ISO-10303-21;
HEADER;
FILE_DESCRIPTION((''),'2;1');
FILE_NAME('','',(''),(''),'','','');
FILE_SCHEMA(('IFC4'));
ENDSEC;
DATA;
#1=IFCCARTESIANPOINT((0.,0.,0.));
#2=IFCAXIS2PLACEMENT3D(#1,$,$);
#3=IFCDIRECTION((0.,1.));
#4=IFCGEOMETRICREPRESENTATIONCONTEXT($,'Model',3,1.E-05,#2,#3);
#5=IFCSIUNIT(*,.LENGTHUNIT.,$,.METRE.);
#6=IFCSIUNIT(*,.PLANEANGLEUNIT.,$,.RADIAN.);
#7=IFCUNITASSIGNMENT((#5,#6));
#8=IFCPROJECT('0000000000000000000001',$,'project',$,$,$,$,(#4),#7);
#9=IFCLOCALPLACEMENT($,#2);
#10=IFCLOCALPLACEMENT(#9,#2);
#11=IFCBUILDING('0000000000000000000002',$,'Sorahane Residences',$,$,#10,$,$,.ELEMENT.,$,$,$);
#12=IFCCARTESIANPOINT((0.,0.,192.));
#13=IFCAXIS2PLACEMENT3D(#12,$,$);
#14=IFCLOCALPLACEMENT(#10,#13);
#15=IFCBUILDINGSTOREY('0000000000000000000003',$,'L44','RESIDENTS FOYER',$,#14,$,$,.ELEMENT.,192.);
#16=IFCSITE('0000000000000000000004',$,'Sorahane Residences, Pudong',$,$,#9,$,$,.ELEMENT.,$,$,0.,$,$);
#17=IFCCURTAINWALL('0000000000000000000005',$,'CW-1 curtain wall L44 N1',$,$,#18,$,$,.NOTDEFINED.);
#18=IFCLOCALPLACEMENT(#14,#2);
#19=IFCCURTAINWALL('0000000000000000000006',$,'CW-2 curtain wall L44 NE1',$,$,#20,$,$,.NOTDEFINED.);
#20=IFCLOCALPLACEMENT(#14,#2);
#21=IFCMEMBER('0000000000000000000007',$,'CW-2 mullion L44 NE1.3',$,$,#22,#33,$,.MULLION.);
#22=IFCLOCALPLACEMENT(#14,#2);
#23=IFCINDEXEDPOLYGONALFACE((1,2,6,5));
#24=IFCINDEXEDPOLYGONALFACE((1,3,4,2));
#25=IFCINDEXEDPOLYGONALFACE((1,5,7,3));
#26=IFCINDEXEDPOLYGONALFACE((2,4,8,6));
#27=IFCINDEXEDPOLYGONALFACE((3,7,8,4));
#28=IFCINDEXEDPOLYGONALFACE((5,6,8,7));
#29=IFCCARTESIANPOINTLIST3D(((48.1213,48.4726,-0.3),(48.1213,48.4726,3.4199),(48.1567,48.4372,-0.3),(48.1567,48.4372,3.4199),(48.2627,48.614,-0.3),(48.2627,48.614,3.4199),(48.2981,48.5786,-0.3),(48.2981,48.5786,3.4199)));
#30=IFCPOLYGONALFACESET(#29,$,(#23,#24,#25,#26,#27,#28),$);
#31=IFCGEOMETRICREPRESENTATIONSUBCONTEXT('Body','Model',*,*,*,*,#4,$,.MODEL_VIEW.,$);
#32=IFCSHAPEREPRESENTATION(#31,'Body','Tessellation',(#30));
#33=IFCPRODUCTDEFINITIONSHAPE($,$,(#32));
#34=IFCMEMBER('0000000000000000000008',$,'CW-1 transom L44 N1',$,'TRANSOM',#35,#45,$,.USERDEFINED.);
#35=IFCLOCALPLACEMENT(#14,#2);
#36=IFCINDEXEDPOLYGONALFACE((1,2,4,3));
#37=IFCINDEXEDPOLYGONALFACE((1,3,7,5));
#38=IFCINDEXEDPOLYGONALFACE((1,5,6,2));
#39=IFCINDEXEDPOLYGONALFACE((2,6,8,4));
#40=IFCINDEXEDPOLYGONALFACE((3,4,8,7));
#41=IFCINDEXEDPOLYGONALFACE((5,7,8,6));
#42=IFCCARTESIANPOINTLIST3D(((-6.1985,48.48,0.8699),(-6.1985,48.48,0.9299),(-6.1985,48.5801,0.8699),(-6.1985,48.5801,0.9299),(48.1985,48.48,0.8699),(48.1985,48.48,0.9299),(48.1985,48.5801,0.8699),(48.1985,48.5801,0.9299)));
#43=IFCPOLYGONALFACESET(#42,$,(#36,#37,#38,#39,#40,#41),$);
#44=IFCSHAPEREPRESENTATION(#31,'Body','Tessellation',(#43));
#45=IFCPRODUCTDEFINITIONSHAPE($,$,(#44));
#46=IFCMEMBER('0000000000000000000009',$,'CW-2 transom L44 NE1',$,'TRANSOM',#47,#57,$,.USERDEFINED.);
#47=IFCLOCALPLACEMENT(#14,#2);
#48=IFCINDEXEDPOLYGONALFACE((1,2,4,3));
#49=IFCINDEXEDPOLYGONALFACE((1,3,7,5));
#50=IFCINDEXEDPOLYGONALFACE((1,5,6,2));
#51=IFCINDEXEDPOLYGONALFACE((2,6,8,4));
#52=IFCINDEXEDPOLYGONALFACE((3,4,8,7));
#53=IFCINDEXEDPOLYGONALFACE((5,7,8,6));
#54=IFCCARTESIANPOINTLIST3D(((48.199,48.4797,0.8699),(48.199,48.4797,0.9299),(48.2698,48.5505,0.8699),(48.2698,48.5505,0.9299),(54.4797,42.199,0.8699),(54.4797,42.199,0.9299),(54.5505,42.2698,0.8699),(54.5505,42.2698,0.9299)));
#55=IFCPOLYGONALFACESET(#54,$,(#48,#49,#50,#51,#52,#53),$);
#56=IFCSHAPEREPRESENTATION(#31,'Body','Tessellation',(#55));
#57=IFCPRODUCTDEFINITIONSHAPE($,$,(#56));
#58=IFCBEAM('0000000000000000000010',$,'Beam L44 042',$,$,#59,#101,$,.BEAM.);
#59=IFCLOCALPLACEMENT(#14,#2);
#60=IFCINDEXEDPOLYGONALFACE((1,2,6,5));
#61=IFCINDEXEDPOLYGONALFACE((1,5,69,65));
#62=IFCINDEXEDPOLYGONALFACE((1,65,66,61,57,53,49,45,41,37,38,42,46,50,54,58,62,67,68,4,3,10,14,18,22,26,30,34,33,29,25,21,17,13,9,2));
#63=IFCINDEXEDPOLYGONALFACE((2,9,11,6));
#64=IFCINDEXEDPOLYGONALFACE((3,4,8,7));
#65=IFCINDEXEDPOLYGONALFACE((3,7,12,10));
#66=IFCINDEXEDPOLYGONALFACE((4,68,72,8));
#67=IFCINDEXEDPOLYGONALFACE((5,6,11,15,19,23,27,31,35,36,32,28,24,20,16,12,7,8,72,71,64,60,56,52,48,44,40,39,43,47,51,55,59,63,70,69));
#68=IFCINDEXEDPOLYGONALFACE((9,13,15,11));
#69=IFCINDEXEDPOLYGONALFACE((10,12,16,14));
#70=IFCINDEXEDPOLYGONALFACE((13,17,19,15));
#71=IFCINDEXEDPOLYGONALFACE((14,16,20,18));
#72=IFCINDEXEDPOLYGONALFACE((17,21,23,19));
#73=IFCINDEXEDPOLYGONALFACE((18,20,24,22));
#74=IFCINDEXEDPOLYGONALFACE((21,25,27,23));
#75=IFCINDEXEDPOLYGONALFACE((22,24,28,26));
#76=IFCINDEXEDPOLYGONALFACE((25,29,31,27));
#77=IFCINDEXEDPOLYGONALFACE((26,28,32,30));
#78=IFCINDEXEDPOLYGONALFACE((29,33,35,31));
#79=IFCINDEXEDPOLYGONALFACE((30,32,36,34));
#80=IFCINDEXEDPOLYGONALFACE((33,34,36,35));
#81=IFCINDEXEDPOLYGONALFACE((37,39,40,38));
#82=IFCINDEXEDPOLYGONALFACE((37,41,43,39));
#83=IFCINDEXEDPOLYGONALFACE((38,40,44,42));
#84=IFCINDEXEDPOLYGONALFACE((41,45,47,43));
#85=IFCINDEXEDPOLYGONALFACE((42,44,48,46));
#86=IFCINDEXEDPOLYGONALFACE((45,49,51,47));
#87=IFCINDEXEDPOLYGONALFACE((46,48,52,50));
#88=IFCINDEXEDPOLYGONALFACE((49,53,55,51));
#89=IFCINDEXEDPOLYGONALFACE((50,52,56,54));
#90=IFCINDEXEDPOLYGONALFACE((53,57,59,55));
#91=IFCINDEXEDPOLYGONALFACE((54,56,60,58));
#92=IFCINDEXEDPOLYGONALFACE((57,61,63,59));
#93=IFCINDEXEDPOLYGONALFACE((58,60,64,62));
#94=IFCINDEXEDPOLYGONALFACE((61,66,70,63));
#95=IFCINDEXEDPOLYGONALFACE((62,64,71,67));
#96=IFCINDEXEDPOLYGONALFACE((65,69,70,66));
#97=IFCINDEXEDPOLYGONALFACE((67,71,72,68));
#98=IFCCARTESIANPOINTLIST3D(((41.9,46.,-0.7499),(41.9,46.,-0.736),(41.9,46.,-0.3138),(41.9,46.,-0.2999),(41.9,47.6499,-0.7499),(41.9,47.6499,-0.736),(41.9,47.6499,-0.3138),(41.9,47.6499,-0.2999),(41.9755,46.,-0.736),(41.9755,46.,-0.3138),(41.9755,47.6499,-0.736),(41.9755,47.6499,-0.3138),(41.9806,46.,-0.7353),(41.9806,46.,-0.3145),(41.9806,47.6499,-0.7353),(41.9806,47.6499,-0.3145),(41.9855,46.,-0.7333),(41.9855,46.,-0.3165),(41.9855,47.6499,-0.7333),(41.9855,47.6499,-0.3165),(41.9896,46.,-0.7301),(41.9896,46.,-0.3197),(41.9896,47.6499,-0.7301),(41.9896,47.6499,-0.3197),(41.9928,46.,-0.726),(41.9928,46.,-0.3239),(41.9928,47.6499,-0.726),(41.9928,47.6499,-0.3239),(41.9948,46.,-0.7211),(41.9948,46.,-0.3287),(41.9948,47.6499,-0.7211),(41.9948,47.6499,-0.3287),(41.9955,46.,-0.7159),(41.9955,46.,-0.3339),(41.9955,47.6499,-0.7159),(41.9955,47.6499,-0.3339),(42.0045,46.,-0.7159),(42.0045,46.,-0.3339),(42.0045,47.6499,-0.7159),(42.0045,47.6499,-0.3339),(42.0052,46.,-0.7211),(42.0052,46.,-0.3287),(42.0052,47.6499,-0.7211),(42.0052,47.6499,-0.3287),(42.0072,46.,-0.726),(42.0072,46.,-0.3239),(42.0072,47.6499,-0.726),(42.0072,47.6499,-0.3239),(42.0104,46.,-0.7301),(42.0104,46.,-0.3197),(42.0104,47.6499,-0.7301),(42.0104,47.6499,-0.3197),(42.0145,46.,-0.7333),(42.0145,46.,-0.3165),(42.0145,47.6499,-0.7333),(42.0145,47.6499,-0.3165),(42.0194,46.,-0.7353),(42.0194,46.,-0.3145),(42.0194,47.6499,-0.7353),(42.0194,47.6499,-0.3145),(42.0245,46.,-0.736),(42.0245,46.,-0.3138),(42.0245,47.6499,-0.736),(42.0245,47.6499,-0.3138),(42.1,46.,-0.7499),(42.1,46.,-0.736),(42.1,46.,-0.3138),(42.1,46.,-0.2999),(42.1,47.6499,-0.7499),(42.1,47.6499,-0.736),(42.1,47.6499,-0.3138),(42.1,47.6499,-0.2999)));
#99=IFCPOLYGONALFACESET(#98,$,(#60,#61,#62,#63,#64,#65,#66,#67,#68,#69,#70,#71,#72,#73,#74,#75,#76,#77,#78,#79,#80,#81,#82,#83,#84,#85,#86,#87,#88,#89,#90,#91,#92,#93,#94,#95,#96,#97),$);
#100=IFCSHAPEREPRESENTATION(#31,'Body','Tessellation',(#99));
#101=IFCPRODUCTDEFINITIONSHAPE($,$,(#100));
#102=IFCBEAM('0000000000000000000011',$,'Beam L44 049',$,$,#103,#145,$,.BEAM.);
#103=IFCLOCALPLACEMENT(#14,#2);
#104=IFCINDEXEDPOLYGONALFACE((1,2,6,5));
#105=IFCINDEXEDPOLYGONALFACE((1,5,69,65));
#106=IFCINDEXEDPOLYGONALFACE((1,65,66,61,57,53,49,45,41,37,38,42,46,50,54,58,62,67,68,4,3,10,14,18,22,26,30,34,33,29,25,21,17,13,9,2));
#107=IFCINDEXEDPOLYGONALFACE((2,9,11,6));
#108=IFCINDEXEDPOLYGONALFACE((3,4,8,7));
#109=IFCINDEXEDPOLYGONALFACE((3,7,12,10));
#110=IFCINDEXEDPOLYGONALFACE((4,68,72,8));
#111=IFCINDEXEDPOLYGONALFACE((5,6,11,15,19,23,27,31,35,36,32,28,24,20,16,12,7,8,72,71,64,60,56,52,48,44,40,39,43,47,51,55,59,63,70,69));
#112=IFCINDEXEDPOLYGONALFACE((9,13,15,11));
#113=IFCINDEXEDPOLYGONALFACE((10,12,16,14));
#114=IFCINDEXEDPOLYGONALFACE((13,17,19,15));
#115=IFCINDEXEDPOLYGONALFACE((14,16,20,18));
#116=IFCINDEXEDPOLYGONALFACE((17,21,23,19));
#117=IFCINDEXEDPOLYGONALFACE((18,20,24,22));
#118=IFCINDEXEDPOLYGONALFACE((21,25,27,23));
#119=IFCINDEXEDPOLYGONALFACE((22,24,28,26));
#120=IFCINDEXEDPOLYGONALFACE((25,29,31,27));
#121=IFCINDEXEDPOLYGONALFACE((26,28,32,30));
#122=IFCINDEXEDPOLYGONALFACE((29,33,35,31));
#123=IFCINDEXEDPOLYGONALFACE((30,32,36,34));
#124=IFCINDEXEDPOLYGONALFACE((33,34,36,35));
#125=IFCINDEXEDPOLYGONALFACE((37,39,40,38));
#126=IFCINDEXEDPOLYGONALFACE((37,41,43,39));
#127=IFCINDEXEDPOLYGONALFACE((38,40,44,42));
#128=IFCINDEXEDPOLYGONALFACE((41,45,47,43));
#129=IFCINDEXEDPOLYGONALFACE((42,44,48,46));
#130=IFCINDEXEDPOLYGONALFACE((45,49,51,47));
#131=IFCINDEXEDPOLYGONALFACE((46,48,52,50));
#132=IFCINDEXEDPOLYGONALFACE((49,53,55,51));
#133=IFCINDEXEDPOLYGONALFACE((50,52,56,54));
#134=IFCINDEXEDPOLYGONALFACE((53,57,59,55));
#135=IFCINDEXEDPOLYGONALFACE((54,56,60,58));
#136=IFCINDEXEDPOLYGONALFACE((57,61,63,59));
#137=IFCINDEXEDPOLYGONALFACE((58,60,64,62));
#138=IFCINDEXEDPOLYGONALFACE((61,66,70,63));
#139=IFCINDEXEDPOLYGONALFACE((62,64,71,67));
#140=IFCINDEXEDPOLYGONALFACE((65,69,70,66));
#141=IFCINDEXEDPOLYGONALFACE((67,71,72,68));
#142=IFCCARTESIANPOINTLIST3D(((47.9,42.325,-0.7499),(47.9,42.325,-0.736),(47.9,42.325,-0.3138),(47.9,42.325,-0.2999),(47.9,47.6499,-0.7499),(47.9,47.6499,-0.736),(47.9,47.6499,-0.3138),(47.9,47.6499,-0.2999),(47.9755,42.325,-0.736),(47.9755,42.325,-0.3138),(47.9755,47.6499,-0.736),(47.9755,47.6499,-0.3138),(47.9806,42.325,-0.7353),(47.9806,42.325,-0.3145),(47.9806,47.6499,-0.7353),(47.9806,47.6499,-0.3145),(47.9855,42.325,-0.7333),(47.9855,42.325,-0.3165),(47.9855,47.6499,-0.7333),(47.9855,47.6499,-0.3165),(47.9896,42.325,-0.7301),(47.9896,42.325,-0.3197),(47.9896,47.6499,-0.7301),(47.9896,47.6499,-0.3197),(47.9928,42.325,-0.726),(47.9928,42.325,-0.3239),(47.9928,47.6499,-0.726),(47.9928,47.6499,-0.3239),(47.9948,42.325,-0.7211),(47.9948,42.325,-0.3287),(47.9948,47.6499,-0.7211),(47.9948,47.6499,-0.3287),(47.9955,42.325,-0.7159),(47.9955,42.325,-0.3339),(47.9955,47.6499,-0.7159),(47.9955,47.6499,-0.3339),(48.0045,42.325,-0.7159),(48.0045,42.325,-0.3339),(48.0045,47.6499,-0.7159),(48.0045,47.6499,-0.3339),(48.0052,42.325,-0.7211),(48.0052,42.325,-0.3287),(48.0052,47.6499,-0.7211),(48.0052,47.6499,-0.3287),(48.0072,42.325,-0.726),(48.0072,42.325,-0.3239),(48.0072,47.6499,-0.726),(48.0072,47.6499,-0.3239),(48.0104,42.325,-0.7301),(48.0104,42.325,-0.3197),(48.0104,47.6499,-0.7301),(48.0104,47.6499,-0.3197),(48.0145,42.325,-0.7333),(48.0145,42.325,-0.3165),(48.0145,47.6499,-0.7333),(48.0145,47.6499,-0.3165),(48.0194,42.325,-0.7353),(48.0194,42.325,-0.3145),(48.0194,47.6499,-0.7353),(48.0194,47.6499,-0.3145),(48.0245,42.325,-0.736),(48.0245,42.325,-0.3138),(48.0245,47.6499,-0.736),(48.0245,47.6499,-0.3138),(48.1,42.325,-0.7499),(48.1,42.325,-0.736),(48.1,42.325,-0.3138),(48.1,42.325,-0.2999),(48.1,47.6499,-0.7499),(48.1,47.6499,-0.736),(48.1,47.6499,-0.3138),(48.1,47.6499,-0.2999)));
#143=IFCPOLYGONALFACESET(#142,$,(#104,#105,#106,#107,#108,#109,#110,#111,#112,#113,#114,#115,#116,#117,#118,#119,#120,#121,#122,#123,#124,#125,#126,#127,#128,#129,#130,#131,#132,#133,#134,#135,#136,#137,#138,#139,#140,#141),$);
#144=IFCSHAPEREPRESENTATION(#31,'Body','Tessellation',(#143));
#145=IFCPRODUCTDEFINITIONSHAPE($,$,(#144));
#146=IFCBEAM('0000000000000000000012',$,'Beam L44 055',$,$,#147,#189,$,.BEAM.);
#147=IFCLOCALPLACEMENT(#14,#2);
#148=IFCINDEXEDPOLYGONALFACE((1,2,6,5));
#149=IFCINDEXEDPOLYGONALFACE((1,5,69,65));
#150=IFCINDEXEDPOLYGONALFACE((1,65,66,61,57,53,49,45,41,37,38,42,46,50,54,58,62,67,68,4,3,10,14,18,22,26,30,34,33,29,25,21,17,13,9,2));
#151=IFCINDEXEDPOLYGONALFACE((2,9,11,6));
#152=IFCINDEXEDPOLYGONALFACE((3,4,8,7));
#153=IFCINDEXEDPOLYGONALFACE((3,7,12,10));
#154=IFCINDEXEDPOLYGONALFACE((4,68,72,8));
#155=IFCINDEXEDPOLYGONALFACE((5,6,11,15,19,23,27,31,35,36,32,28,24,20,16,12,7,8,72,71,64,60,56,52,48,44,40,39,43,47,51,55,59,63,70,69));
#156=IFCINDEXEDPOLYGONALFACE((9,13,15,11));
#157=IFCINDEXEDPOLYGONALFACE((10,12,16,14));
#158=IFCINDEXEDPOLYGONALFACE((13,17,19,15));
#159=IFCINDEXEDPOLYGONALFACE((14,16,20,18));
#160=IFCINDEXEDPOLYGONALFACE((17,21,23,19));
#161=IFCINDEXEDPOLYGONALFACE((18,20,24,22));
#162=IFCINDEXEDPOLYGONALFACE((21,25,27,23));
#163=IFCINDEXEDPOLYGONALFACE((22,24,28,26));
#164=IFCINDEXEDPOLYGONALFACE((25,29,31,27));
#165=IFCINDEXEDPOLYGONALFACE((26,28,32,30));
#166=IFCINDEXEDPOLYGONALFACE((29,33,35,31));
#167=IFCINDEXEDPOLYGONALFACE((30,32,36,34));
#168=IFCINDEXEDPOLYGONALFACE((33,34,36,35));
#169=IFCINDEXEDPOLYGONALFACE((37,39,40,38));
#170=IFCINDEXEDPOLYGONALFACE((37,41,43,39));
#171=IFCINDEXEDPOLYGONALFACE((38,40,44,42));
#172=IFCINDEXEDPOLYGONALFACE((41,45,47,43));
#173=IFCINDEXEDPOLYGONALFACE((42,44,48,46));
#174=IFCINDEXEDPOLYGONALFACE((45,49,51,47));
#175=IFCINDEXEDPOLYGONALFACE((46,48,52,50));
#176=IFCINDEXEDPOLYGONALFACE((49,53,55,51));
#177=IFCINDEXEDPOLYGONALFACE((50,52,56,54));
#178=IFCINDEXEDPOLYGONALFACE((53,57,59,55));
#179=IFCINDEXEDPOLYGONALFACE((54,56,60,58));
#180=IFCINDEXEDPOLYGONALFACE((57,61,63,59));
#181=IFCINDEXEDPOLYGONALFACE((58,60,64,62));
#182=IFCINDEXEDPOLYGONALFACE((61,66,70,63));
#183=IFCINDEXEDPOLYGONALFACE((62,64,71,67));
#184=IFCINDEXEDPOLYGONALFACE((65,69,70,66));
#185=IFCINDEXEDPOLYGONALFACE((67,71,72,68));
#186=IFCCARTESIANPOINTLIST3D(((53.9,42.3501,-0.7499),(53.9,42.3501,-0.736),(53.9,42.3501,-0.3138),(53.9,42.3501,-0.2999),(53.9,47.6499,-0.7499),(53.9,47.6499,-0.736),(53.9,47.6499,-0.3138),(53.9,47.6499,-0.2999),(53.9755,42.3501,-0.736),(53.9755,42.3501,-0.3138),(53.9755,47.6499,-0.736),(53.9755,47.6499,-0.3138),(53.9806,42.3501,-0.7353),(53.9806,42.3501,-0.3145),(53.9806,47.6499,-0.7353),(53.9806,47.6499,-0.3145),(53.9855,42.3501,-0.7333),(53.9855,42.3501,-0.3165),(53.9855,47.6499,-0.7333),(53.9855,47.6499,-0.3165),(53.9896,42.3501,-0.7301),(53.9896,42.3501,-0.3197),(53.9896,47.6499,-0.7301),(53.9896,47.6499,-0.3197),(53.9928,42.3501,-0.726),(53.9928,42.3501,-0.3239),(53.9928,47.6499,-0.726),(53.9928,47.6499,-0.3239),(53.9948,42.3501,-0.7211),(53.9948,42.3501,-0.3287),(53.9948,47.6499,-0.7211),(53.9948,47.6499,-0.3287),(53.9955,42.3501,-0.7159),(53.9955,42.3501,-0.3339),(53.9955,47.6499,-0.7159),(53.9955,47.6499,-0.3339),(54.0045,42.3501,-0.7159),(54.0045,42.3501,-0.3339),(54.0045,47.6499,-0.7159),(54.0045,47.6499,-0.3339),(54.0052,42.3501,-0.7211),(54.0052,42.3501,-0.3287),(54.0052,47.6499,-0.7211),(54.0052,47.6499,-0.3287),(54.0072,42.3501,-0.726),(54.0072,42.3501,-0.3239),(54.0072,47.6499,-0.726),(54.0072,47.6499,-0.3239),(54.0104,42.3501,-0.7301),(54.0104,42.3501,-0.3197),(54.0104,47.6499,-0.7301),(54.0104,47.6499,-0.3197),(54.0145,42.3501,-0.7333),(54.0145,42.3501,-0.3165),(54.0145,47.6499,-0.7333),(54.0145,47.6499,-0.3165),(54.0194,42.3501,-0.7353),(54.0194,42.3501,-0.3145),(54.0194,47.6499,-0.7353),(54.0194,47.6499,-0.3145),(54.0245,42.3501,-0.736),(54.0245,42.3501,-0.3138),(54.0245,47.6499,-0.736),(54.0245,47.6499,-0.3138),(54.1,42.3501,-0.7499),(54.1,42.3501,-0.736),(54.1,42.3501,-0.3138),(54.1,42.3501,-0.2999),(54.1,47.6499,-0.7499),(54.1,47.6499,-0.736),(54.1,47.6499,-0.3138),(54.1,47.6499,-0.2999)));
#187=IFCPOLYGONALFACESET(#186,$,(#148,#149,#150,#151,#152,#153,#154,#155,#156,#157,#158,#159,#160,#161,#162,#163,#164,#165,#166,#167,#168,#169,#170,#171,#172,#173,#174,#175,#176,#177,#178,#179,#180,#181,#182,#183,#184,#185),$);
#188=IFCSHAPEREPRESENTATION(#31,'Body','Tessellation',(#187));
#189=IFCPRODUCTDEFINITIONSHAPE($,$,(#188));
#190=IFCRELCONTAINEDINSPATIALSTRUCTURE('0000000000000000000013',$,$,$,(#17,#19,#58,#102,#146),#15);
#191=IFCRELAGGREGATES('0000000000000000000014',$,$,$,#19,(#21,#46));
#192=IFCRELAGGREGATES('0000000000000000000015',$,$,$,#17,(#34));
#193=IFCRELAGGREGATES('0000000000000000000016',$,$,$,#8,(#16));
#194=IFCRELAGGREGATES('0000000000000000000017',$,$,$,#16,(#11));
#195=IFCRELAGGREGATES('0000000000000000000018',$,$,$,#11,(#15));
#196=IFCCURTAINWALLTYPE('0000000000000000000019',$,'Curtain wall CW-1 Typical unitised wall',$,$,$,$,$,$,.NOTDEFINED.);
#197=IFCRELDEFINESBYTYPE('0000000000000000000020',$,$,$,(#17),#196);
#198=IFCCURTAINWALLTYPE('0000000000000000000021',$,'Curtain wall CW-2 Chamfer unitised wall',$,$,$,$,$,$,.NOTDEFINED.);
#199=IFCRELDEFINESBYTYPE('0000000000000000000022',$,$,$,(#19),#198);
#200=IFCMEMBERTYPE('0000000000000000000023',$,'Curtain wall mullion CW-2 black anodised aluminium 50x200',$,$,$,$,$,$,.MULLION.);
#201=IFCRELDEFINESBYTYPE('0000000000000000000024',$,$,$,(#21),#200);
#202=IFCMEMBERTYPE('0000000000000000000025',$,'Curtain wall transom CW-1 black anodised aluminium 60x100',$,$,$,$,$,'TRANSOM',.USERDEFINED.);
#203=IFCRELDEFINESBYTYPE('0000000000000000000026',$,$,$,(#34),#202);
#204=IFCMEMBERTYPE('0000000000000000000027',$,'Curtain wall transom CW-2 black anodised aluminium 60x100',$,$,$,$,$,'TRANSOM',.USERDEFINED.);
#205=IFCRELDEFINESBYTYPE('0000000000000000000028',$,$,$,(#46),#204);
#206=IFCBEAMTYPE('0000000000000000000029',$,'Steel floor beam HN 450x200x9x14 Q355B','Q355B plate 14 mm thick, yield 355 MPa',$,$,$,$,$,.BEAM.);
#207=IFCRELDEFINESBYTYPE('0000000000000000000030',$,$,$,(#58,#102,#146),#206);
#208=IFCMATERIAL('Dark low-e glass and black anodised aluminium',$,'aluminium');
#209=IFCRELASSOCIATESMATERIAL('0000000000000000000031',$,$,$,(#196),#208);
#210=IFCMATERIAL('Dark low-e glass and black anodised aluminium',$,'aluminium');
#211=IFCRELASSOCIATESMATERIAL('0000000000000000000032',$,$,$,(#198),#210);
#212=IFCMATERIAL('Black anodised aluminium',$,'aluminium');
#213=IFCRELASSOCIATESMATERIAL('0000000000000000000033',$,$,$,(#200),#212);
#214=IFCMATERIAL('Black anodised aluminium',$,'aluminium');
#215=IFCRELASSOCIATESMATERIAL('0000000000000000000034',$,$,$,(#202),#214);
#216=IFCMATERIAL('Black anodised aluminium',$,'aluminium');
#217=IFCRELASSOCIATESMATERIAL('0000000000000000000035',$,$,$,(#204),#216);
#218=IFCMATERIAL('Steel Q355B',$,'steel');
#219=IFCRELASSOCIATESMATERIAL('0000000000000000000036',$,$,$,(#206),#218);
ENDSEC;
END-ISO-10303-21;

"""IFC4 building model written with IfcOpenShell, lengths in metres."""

from ifc_helpers import new_model, si_unit, direction, frame, origin, origin_2d, place, context, subcontext, project, spatial, rectangle, i_section, extrude, material, material_profile, profile_set, type_object, element, aggregate, save


model = new_model("IFC4")

# Units and contexts
model_context = context("Model", 3, precision=1e-05, world=origin(), true_north=direction((0.0, 1.0)))
body_context = subcontext(model_context, "Body", "Model", "MODEL_VIEW")
ifc_project = project(units=[si_unit("LENGTHUNIT", "METRE"), si_unit("PLANEANGLEUNIT", "RADIAN")], contexts=[model_context])

# Site, building, storey
site_placement = place(None, origin())
site = spatial("IfcSite", under=ifc_project, at=site_placement, Name="Sorahane Residences, Pudong", CompositionType="ELEMENT", RefElevation=0.0)
building_placement = place(site_placement, origin())
building = spatial("IfcBuilding", under=site, at=building_placement, Name="Sorahane Residences", CompositionType="ELEMENT")
storey_placement = place(building_placement, frame((0.0, 0.0, 192.0)))
storey = spatial("IfcBuildingStorey", under=building, at=storey_placement, Name="L44", Description="RESIDENTS FOYER", CompositionType="ELEMENT", Elevation=192.0)

# Curtain wall
ifc_material_1 = material(Name="Dark low-e glass and black anodised aluminium", Category="aluminium")
curtain_wall_type_1 = type_object("IfcCurtainWallType", Name="Curtain wall CW-1 Typical unitised wall", PredefinedType="NOTDEFINED", material=ifc_material_1)
curtain_wall_1_placement = place(storey_placement, origin())
curtain_wall_1 = element("IfcCurtainWall", 1, at=curtain_wall_1_placement, inside=storey, type_object=curtain_wall_type_1, Name="CW-1 curtain wall L44 N1", PredefinedType="NOTDEFINED")

# Curtain wall, member
ifc_material_2 = material(Name="Dark low-e glass and black anodised aluminium", Category="aluminium")
curtain_wall_type_2 = type_object("IfcCurtainWallType", Name="Curtain wall CW-2 Chamfer unitised wall", PredefinedType="NOTDEFINED", material=ifc_material_2)
curtain_wall_2_placement = place(storey_placement, origin())
curtain_wall_2 = element("IfcCurtainWall", 2, at=curtain_wall_2_placement, inside=storey, type_object=curtain_wall_type_2, Name="CW-2 curtain wall L44 NE1", PredefinedType="NOTDEFINED")
ifc_material_3 = material(Name="Black anodised aluminium", Category="aluminium")
ifc_material_profile_1 = material_profile(ifc_material_3, rectangle(XDim=0.2, YDim=0.05, at=origin_2d()), Name="Curtain wall mullion CW-2 black anodised aluminium 50x200")
ifc_profile_set_1 = profile_set([ifc_material_profile_1], Name="Black anodised aluminium")
member_type_1 = type_object("IfcMemberType", Name="Curtain wall mullion CW-2 black anodised aluminium 50x200", PredefinedType="MULLION", material=ifc_profile_set_1)
member_1_placement = place(storey_placement, frame((48.2097, 48.5256, -0.3), z_axis=(0.0, 0.0, 1.0), x_axis=(0.707107, 0.707107, 0.0)))
member_1 = element("IfcMember", 3, at=member_1_placement, type_object=member_type_1, Name="CW-2 mullion L44 NE1.3", PredefinedType="MULLION", context=body_context, shape_type="SweptSolid", body=[
    extrude(rectangle(XDim=0.2, YDim=0.05, at=origin_2d()), origin(), (0.0, 0.0, 1.0), 3.72),
])

# Members
ifc_material_4 = material(Name="Black anodised aluminium", Category="aluminium")
ifc_material_profile_2 = material_profile(ifc_material_4, rectangle(XDim=0.1001, YDim=0.0601, at=origin_2d()), Name="Curtain wall transom CW-1 black anodised aluminium 60x100")
ifc_profile_set_2 = profile_set([ifc_material_profile_2], Name="Black anodised aluminium")
member_type_2 = type_object("IfcMemberType", Name="Curtain wall transom CW-1 black anodised aluminium 60x100", ElementType="TRANSOM", PredefinedType="USERDEFINED", material=ifc_profile_set_2)
member_2_placement = place(storey_placement, frame((48.1985, 48.53, 0.8999), z_axis=(-1.0, 0.0, 0.0), x_axis=(0.0, -1.0, 0.0)))
member_2 = element("IfcMember", 4, at=member_2_placement, type_object=member_type_2, Name="CW-1 transom L44 N1", ObjectType="TRANSOM", PredefinedType="USERDEFINED", context=body_context, shape_type="SweptSolid", body=[
    extrude(rectangle(XDim=0.1001, YDim=0.0601, at=origin_2d()), origin(), (0.0, 0.0, 1.0), 54.397),
])
ifc_material_5 = material(Name="Black anodised aluminium", Category="aluminium")
ifc_material_profile_3 = material_profile(ifc_material_5, rectangle(XDim=0.1001, YDim=0.0601, at=origin_2d()), Name="Curtain wall transom CW-2 black anodised aluminium 60x100")
ifc_profile_set_3 = profile_set([ifc_material_profile_3], Name="Black anodised aluminium")
member_type_3 = type_object("IfcMemberType", Name="Curtain wall transom CW-2 black anodised aluminium 60x100", ElementType="TRANSOM", PredefinedType="USERDEFINED", material=ifc_profile_set_3)
member_3_placement = place(storey_placement, frame((54.5151, 42.2344, 0.8999), z_axis=(-0.707107, 0.707107, 0.0), x_axis=(-0.707107, -0.707107, 0.0)))
member_3 = element("IfcMember", 5, at=member_3_placement, type_object=member_type_3, Name="CW-2 transom L44 NE1", ObjectType="TRANSOM", PredefinedType="USERDEFINED", context=body_context, shape_type="SweptSolid", body=[
    extrude(rectangle(XDim=0.1001, YDim=0.0601, at=origin_2d()), origin(), (0.0, 0.0, 1.0), 8.8823),
])

# Beams
ifc_material_6 = material(Name="Steel Q355B", Category="steel")
ifc_material_profile_4 = material_profile(ifc_material_6, i_section(OverallWidth=0.2, OverallDepth=0.45, WebThickness=0.009, FlangeThickness=0.0139, FilletRadius=0.02, at=origin_2d()), Name="HN 450x200x9x14")
ifc_profile_set_4 = profile_set([ifc_material_profile_4], Name="Steel Q355B")
beam_type = type_object("IfcBeamType", Name="Steel floor beam HN 450x200x9x14 Q355B", Description="Q355B plate 14 mm thick, yield 355 MPa", PredefinedType="BEAM", material=ifc_profile_set_4)
beam_1_placement = place(storey_placement, frame((42.0, 46.0, -0.5249), z_axis=(0.0, 1.0, 0.0), x_axis=(-1.0, 0.0, 0.0)))
element("IfcBeam", 6, at=beam_1_placement, inside=storey, type_object=beam_type, Name="Beam L44 042", PredefinedType="BEAM", context=body_context, shape_type="SweptSolid", body=[
    extrude(i_section(OverallWidth=0.2, OverallDepth=0.45, WebThickness=0.009, FlangeThickness=0.0139, FilletRadius=0.02, at=origin_2d()), origin(), (0.0, 0.0, 1.0), 1.6499),
])
beam_2_placement = place(storey_placement, frame((48.0, 42.325, -0.5249), z_axis=(0.0, 1.0, 0.0), x_axis=(-1.0, 0.0, 0.0)))
element("IfcBeam", 7, at=beam_2_placement, inside=storey, type_object=beam_type, Name="Beam L44 049", PredefinedType="BEAM", context=body_context, shape_type="SweptSolid", body=[
    extrude(i_section(OverallWidth=0.2, OverallDepth=0.45, WebThickness=0.009, FlangeThickness=0.0139, FilletRadius=0.02, at=origin_2d()), origin(), (0.0, 0.0, 1.0), 5.325),
])
beam_3_placement = place(storey_placement, frame((54.0, 42.3501, -0.5249), z_axis=(0.0, 1.0, 0.0), x_axis=(-1.0, 0.0, 0.0)))
element("IfcBeam", 8, at=beam_3_placement, inside=storey, type_object=beam_type, Name="Beam L44 055", PredefinedType="BEAM", context=body_context, shape_type="SweptSolid", body=[
    extrude(i_section(OverallWidth=0.2, OverallDepth=0.45, WebThickness=0.009, FlangeThickness=0.0139, FilletRadius=0.02, at=origin_2d()), origin(), (0.0, 0.0, 1.0), 5.2998),
])

aggregate(curtain_wall_2, [member_1, member_3])
aggregate(curtain_wall_1, [member_2])

save(model, "model.ifc")
